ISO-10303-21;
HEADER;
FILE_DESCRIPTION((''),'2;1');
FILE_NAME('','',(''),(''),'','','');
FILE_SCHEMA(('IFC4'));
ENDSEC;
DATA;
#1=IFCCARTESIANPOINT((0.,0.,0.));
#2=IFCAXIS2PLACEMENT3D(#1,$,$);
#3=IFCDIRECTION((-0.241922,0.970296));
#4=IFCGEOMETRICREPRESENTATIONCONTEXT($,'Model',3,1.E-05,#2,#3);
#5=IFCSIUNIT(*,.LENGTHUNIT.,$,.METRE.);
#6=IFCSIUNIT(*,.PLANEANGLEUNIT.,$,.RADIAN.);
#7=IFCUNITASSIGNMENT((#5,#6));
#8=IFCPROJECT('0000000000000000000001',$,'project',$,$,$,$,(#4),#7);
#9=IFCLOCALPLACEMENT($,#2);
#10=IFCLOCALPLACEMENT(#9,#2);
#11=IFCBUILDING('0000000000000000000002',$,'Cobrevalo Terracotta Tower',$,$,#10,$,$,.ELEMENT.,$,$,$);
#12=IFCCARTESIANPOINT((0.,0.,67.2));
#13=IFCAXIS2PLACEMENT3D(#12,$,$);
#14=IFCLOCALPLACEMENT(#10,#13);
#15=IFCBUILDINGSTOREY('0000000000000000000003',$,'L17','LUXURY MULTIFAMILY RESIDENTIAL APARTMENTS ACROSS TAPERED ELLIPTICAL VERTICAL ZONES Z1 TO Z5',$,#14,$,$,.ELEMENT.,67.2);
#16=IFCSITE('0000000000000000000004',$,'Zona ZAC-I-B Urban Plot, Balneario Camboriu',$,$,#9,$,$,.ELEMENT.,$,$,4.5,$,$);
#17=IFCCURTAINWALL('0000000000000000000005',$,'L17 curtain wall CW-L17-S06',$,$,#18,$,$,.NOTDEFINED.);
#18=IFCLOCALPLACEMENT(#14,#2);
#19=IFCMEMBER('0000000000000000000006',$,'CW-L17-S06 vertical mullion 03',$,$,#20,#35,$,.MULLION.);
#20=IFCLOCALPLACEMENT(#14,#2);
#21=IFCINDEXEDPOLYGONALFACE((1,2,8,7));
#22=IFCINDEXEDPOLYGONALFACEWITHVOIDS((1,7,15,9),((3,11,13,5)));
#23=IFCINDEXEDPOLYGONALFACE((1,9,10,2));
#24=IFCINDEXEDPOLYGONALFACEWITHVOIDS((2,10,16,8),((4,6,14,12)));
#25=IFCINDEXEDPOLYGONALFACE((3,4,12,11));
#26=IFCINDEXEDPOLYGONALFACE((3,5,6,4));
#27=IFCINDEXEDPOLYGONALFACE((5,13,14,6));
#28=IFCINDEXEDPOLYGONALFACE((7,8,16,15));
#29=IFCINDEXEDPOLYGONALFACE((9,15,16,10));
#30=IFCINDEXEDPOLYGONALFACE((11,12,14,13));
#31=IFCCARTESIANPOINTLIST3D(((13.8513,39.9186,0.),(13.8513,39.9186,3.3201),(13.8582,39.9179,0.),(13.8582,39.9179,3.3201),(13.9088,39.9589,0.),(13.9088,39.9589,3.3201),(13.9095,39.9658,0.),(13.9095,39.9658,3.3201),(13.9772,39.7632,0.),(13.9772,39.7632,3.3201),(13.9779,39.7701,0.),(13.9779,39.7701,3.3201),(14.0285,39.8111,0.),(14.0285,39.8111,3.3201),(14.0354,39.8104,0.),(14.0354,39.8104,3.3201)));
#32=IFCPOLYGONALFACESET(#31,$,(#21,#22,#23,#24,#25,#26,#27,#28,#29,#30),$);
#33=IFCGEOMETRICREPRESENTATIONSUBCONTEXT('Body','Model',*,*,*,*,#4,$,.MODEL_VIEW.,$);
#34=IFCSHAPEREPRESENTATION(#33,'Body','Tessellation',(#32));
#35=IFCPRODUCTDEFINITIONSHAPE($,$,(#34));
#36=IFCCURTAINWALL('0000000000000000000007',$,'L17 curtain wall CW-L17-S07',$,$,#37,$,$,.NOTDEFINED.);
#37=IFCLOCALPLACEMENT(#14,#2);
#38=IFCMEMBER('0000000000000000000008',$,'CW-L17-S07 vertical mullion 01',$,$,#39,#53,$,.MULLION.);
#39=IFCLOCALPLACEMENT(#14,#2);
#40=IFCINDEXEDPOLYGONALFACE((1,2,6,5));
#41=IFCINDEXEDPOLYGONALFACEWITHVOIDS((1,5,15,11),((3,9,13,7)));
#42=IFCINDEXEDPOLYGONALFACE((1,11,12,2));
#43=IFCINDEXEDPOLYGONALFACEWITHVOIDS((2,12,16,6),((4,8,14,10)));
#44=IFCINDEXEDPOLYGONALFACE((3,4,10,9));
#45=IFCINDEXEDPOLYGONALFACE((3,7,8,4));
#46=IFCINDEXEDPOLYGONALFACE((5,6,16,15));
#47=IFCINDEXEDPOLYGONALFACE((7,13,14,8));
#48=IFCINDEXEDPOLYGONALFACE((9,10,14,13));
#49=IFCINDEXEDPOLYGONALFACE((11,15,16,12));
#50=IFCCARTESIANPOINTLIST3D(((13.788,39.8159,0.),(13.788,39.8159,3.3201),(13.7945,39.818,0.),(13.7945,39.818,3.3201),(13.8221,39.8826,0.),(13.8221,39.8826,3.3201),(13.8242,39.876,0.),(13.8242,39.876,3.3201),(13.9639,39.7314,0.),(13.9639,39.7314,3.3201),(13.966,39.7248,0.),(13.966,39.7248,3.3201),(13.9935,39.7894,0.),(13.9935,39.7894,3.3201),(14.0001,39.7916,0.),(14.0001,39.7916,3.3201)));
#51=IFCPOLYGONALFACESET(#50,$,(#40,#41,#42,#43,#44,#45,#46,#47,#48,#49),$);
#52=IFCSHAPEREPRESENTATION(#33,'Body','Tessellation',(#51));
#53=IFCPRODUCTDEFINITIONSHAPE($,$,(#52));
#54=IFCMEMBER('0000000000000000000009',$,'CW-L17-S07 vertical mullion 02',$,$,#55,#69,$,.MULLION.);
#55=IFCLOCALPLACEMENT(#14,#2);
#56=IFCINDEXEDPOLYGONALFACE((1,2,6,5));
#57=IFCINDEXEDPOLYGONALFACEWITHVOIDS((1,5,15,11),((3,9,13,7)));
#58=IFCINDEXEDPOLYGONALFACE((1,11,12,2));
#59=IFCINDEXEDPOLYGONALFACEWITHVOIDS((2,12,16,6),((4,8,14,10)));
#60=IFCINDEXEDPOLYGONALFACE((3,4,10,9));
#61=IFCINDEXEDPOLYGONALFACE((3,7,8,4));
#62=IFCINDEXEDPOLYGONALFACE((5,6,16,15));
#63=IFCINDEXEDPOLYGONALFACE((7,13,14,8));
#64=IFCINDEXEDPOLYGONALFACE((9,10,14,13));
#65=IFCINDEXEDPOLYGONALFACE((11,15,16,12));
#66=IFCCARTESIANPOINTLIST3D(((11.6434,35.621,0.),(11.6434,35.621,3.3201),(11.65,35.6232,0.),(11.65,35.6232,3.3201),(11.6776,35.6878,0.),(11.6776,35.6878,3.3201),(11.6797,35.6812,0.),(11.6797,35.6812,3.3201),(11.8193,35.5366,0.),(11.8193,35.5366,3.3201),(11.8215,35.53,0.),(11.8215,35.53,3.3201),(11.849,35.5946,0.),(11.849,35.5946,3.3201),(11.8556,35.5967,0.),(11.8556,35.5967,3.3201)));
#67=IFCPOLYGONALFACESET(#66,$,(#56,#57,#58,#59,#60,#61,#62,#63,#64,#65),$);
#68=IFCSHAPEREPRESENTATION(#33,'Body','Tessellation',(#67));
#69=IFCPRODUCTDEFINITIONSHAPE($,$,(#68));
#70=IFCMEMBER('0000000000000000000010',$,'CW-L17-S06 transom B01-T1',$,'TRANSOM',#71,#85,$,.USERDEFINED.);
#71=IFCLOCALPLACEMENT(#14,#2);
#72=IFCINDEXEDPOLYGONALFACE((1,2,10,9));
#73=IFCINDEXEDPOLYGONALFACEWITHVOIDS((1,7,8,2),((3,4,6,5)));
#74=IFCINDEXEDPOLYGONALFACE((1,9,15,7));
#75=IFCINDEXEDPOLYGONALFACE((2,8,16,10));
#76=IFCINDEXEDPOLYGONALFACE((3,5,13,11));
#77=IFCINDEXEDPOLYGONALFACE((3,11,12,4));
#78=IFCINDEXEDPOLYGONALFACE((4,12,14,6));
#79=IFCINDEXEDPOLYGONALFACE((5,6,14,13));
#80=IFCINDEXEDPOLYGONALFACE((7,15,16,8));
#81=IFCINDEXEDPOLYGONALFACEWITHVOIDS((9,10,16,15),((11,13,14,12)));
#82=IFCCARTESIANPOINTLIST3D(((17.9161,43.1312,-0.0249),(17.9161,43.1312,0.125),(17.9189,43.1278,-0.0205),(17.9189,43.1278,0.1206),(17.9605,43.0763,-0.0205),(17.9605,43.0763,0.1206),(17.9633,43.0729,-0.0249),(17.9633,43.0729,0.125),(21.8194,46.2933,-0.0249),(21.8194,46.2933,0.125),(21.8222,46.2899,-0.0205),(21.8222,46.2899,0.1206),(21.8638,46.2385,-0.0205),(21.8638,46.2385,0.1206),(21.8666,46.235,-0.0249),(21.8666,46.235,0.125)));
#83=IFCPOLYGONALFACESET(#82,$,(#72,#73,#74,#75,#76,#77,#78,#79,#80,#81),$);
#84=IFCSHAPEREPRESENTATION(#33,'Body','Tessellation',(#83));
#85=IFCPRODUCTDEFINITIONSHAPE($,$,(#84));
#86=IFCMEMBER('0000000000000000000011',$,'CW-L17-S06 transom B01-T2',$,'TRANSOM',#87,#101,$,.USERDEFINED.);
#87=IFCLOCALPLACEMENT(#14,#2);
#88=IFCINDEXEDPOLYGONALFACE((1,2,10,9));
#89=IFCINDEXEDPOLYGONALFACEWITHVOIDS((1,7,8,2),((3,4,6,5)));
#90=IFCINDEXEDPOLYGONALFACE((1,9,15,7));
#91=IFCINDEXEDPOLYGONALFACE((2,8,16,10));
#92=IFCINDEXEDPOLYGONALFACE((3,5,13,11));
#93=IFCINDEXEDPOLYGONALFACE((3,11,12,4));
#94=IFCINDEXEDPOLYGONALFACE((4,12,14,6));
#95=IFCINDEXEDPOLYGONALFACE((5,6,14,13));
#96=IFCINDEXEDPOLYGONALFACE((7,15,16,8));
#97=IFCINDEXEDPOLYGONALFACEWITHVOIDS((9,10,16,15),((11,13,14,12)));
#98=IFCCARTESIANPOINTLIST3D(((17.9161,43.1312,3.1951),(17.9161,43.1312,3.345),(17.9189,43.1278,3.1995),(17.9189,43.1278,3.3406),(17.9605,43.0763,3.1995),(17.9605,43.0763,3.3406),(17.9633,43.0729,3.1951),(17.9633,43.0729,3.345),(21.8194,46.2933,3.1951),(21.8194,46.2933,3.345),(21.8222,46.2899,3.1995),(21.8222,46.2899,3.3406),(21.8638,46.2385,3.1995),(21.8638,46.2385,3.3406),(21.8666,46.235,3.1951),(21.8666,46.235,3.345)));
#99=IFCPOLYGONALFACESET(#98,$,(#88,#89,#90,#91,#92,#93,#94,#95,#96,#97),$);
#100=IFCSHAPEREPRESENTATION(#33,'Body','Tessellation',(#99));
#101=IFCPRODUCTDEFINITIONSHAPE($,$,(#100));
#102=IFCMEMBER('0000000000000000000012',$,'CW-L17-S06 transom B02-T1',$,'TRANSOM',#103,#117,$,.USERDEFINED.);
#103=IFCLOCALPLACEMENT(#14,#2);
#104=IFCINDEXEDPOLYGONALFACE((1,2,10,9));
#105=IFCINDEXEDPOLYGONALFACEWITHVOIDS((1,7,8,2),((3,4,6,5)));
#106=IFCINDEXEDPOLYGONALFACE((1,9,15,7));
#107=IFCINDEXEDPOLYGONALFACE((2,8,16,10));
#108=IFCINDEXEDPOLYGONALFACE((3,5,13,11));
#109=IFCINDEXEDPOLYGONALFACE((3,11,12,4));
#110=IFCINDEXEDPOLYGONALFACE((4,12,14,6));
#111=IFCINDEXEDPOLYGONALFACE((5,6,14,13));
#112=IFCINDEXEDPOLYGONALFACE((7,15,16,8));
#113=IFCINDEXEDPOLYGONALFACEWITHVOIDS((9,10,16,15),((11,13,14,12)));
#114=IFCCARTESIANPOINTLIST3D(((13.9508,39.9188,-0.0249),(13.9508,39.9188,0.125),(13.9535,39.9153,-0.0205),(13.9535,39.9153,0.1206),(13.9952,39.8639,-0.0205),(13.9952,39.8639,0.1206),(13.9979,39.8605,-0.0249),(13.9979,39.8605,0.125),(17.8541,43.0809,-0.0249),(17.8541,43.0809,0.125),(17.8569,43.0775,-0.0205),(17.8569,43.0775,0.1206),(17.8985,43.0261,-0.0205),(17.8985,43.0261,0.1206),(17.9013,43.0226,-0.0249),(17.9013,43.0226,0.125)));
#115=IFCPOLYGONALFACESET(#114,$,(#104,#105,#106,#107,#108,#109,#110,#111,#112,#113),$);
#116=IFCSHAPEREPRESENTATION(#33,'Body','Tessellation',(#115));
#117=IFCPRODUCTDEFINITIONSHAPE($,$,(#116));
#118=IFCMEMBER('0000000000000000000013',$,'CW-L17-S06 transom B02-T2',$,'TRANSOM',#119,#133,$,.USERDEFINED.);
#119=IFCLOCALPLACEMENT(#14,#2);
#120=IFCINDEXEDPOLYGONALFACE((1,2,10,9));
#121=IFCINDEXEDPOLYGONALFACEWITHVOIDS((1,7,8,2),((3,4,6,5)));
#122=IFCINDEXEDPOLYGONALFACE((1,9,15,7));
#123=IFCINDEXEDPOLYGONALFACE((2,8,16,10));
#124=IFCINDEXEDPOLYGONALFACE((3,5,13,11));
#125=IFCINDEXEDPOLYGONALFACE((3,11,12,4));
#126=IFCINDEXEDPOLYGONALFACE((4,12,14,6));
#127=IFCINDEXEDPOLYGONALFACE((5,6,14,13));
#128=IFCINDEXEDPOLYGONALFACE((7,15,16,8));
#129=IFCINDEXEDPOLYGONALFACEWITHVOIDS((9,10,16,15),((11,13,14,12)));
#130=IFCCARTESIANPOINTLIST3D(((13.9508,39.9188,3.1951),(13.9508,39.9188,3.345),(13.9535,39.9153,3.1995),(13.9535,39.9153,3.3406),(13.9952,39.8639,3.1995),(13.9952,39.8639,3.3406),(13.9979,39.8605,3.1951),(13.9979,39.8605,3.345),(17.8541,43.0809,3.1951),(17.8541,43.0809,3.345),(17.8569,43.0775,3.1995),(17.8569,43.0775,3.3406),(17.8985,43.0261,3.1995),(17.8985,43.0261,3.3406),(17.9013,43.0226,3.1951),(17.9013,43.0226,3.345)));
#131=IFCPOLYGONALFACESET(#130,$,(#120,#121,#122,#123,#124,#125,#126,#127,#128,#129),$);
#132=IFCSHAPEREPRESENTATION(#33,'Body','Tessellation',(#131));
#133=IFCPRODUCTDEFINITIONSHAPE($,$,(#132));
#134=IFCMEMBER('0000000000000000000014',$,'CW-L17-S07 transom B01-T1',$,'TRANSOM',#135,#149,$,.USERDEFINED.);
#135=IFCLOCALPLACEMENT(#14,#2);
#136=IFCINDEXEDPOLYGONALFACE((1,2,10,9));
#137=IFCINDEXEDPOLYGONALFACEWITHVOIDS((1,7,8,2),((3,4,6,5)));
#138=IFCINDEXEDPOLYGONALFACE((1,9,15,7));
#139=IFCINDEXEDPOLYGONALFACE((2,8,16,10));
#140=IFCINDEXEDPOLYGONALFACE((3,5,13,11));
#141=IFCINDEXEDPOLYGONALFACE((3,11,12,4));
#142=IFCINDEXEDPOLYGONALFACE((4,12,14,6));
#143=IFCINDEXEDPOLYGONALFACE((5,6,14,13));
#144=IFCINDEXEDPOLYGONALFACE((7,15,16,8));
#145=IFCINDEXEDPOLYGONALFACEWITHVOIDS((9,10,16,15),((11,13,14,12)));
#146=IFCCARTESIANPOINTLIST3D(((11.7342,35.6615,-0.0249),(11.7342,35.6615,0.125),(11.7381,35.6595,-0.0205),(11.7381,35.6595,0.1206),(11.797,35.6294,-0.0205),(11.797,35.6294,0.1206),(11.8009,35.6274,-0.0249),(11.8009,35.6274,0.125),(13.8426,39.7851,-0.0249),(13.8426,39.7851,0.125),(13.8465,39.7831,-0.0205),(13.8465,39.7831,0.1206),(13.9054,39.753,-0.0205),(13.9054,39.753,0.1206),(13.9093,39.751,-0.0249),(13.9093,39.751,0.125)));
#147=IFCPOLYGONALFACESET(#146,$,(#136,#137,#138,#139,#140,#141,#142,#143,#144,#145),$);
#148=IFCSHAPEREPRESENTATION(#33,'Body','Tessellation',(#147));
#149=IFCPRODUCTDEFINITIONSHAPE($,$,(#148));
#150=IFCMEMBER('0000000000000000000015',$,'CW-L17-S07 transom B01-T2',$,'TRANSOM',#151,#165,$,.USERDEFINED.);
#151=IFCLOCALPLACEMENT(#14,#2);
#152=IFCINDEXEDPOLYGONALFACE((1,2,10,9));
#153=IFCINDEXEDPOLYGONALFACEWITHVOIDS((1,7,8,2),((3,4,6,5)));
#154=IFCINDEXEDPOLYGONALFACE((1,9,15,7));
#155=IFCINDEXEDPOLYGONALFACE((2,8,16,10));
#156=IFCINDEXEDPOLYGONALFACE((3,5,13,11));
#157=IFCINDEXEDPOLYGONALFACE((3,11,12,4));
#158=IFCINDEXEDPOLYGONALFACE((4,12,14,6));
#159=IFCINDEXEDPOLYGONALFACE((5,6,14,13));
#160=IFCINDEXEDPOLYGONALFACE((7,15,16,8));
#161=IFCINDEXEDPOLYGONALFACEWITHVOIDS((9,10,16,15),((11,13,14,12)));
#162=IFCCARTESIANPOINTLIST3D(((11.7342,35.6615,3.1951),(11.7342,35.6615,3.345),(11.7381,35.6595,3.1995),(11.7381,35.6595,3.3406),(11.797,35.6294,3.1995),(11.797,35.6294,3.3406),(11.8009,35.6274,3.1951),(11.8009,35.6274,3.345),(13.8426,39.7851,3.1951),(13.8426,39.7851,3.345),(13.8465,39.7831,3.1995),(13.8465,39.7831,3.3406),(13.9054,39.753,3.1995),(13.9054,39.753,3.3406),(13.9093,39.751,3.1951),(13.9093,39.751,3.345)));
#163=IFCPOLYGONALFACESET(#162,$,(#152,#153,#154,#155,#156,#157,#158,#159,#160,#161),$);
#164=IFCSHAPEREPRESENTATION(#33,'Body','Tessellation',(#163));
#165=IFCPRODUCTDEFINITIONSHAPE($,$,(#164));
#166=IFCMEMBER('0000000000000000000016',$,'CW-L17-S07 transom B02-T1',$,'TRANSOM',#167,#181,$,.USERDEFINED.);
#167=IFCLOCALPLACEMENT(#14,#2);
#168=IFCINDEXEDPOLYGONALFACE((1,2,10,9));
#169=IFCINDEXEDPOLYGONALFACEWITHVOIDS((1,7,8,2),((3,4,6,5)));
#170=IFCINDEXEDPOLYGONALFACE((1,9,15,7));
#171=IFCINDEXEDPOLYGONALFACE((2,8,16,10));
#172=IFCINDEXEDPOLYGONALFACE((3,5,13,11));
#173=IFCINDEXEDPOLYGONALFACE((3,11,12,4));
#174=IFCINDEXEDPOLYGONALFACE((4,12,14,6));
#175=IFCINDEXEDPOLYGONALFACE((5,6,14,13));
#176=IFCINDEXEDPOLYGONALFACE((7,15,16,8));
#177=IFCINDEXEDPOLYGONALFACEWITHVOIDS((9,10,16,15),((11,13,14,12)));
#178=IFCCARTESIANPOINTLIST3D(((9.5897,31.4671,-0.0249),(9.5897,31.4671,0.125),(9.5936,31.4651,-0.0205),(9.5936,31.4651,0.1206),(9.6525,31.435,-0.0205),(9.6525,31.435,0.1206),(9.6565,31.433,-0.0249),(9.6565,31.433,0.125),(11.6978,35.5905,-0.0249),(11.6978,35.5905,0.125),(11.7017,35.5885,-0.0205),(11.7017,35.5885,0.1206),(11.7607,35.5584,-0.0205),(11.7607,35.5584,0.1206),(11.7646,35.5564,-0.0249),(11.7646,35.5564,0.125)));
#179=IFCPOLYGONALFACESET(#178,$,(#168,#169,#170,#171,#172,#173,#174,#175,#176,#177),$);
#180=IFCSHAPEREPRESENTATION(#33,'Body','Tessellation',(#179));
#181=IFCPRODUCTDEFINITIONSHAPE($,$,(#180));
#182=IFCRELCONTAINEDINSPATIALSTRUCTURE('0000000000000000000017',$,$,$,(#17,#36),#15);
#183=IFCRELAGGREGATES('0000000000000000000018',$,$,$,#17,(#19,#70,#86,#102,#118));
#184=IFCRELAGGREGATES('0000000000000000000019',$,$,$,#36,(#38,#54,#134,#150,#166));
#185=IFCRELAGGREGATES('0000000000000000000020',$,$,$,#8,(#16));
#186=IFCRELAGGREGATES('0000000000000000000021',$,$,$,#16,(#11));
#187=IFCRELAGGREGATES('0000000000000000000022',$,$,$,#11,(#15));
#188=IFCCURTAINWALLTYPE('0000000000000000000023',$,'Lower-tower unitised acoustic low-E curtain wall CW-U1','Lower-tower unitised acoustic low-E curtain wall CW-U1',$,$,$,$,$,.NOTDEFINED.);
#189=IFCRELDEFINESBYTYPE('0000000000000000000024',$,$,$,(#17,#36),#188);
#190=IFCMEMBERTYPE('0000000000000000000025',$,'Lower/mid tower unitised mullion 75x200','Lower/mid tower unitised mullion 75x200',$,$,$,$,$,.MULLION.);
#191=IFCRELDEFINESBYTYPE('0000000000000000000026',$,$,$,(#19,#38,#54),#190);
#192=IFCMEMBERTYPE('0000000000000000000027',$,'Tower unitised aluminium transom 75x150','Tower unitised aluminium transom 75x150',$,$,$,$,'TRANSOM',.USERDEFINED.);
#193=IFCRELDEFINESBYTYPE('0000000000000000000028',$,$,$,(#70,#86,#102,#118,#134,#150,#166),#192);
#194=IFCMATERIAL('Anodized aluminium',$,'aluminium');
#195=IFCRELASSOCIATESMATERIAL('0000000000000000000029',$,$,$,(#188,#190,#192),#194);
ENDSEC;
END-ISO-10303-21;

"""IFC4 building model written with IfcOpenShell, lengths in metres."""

from ifc_helpers import new_model, si_unit, direction, frame, origin, origin_2d, place, context, subcontext, project, spatial, hollow_rectangle, extrude, source, transform, mapped, material, material_profile, profile_set, type_object, element, aggregate, save


model = new_model("IFC4")

# Units and contexts
model_context = context("Model", 3, precision=1e-05, world=origin(), true_north=direction((-0.241922, 0.970296)))
body_context = subcontext(model_context, "Body", "Model", "MODEL_VIEW")
ifc_project = project(units=[si_unit("LENGTHUNIT", "METRE"), si_unit("PLANEANGLEUNIT", "RADIAN")], contexts=[model_context])

# Site, building, storey
site_placement = place(None, origin())
site = spatial("IfcSite", under=ifc_project, at=site_placement, Name="Zona ZAC-I-B Urban Plot, Balneario Camboriu", CompositionType="ELEMENT", RefElevation=4.5)
building_placement = place(site_placement, origin())
building = spatial("IfcBuilding", under=site, at=building_placement, Name="Cobrevalo Terracotta Tower", CompositionType="ELEMENT")
storey_placement = place(building_placement, frame((0.0, 0.0, 67.2)))
storey = spatial("IfcBuildingStorey", under=building, at=storey_placement, Name="L17", Description="LUXURY MULTIFAMILY RESIDENTIAL APARTMENTS ACROSS TAPERED ELLIPTICAL VERTICAL ZONES Z1 TO Z5", CompositionType="ELEMENT", Elevation=67.2)

# Curtain walls, members
ifc_material_1 = material(Name="Anodized aluminium", Category="aluminium")
curtain_wall_type = type_object("IfcCurtainWallType", Name="Lower-tower unitised acoustic low-E curtain wall CW-U1", Description="Lower-tower unitised acoustic low-E curtain wall CW-U1", PredefinedType="NOTDEFINED", material=ifc_material_1)
curtain_wall_1_placement = place(storey_placement, origin())
curtain_wall_1 = element("IfcCurtainWall", 1, at=curtain_wall_1_placement, inside=storey, type_object=curtain_wall_type, Name="L17 curtain wall CW-L17-S06", PredefinedType="NOTDEFINED")
ifc_material_profile_1 = material_profile(ifc_material_1, hollow_rectangle(XDim=0.075, YDim=0.2, WallThickness=0.0049, at=origin_2d()), Name="CWM 75x200")
ifc_profile_set_1 = profile_set([ifc_material_profile_1], Name="Anodized aluminium")
member_type_1 = type_object("IfcMemberType", Name="Lower/mid tower unitised mullion 75x200", Description="Lower/mid tower unitised mullion 75x200", PredefinedType="MULLION", material=ifc_profile_set_1)
shared_shape_1 = source(origin(), body_context, "Body", "SweptSolid", [
    extrude(hollow_rectangle(XDim=0.075, YDim=0.2, WallThickness=0.0049, at=origin_2d()), origin(), (0.0, 0.0, 1.0), 3.3201),
])
member_1_placement = place(storey_placement, frame((13.9434, 39.8645, 0.0), z_axis=(0.0, 0.0, 1.0), x_axis=(-0.777003, -0.629497, 0.0)))
member_1 = element("IfcMember", 2, at=member_1_placement, type_object=member_type_1, Name="CW-L17-S06 vertical mullion 03", PredefinedType="MULLION", context=body_context, shape_type="MappedRepresentation", body=[
    mapped(shared_shape_1, transform((0.0, 0.0, 0.0), scale=1.0)),
])
curtain_wall_2_placement = place(storey_placement, origin())
curtain_wall_2 = element("IfcCurtainWall", 3, at=curtain_wall_2_placement, inside=storey, type_object=curtain_wall_type, Name="L17 curtain wall CW-L17-S07", PredefinedType="NOTDEFINED")
member_2_placement = place(storey_placement, frame((13.894, 39.8037, 0.0), z_axis=(0.0, 0.0, 1.0), x_axis=(-0.455234, -0.890372, 0.0)))
member_2 = element("IfcMember", 4, at=member_2_placement, type_object=member_type_1, Name="CW-L17-S07 vertical mullion 01", PredefinedType="MULLION", context=body_context, shape_type="MappedRepresentation", body=[
    mapped(shared_shape_1, transform((0.0, 0.0, 0.0), scale=1.0)),
])
member_3_placement = place(storey_placement, frame((11.7495, 35.6089, 0.0), z_axis=(0.0, 0.0, 1.0), x_axis=(-0.455234, -0.890372, 0.0)))
member_3 = element("IfcMember", 5, at=member_3_placement, type_object=member_type_1, Name="CW-L17-S07 vertical mullion 02", PredefinedType="MULLION", context=body_context, shape_type="MappedRepresentation", body=[
    mapped(shared_shape_1, transform((0.0, 0.0, 0.0), scale=1.0)),
])

# Members
ifc_material_profile_2 = material_profile(ifc_material_1, hollow_rectangle(XDim=0.075, YDim=0.1499, WallThickness=0.0044, at=origin_2d()), Name="CWT 75x150")
ifc_profile_set_2 = profile_set([ifc_material_profile_2], Name="Anodized aluminium")
member_type_2 = type_object("IfcMemberType", Name="Tower unitised aluminium transom 75x150", Description="Tower unitised aluminium transom 75x150", ElementType="TRANSOM", PredefinedType="USERDEFINED", material=ifc_profile_set_2)
shared_shape_2 = source(origin(), body_context, "Body", "SweptSolid", [
    extrude(hollow_rectangle(XDim=0.075, YDim=0.1499, WallThickness=0.0044, at=origin_2d()), origin(), (0.0, 0.0, 1.0), 5.0234),
])
member_4_placement = place(storey_placement, frame((21.843, 46.2642, 0.05), z_axis=(-0.777023, -0.629472, 0.0), x_axis=(0.629472, -0.777023, 0.0)))
member_4 = element("IfcMember", 6, at=member_4_placement, type_object=member_type_2, Name="CW-L17-S06 transom B01-T1", ObjectType="TRANSOM", PredefinedType="USERDEFINED", context=body_context, shape_type="MappedRepresentation", body=[
    mapped(shared_shape_2, transform((0.0, 0.0, 0.0), scale=1.0)),
])
member_5_placement = place(storey_placement, frame((21.843, 46.2642, 3.27), z_axis=(-0.777023, -0.629472, 0.0), x_axis=(0.629472, -0.777023, 0.0)))
member_5 = element("IfcMember", 7, at=member_5_placement, type_object=member_type_2, Name="CW-L17-S06 transom B01-T2", ObjectType="TRANSOM", PredefinedType="USERDEFINED", context=body_context, shape_type="MappedRepresentation", body=[
    mapped(shared_shape_2, transform((0.0, 0.0, 0.0), scale=1.0)),
])
member_6_placement = place(storey_placement, frame((17.8777, 43.0518, 0.05), z_axis=(-0.777023, -0.629472, 0.0), x_axis=(0.629472, -0.777023, 0.0)))
member_6 = element("IfcMember", 8, at=member_6_placement, type_object=member_type_2, Name="CW-L17-S06 transom B02-T1", ObjectType="TRANSOM", PredefinedType="USERDEFINED", context=body_context, shape_type="MappedRepresentation", body=[
    mapped(shared_shape_2, transform((0.0, 0.0, 0.0), scale=1.0)),
])
member_7_placement = place(storey_placement, frame((17.8777, 43.0518, 3.27), z_axis=(-0.777023, -0.629472, 0.0), x_axis=(0.629472, -0.777023, 0.0)))
member_7 = element("IfcMember", 9, at=member_7_placement, type_object=member_type_2, Name="CW-L17-S06 transom B02-T2", ObjectType="TRANSOM", PredefinedType="USERDEFINED", context=body_context, shape_type="MappedRepresentation", body=[
    mapped(shared_shape_2, transform((0.0, 0.0, 0.0), scale=1.0)),
])
shared_shape_3 = source(origin(), body_context, "Body", "SweptSolid", [
    extrude(hollow_rectangle(XDim=0.075, YDim=0.1499, WallThickness=0.0044, at=origin_2d()), origin(), (0.0, 0.0, 1.0), 4.6313),
])
member_8_placement = place(storey_placement, frame((13.876, 39.7681, 0.05), z_axis=(-0.45525, -0.890363, 0.0), x_axis=(0.890363, -0.45525, 0.0)))
member_8 = element("IfcMember", 10, at=member_8_placement, type_object=member_type_2, Name="CW-L17-S07 transom B01-T1", ObjectType="TRANSOM", PredefinedType="USERDEFINED", context=body_context, shape_type="MappedRepresentation", body=[
    mapped(shared_shape_3, transform((0.0, 0.0, 0.0), scale=1.0)),
])
member_9_placement = place(storey_placement, frame((13.876, 39.7681, 3.27), z_axis=(-0.45525, -0.890363, 0.0), x_axis=(0.890363, -0.45525, 0.0)))
member_9 = element("IfcMember", 11, at=member_9_placement, type_object=member_type_2, Name="CW-L17-S07 transom B01-T2", ObjectType="TRANSOM", PredefinedType="USERDEFINED", context=body_context, shape_type="MappedRepresentation", body=[
    mapped(shared_shape_3, transform((0.0, 0.0, 0.0), scale=1.0)),
])
shared_shape_4 = source(origin(), body_context, "Body", "SweptSolid", [
    extrude(hollow_rectangle(XDim=0.075, YDim=0.1499, WallThickness=0.0044, at=origin_2d()), origin(), (0.0, 0.0, 1.0), 4.6311),
])
member_10_placement = place(storey_placement, frame((11.7312, 35.5735, 0.05), z_axis=(-0.455209, -0.890385, 0.0), x_axis=(0.890385, -0.455209, 0.0)))
member_10 = element("IfcMember", 12, at=member_10_placement, type_object=member_type_2, Name="CW-L17-S07 transom B02-T1", ObjectType="TRANSOM", PredefinedType="USERDEFINED", context=body_context, shape_type="MappedRepresentation", body=[
    mapped(shared_shape_4, transform((0.0, 0.0, 0.0), scale=1.0)),
])

aggregate(curtain_wall_1, [member_1, member_4, member_5, member_6, member_7])
aggregate(curtain_wall_2, [member_2, member_3, member_8, member_9, member_10])

save(model, "model.ifc")
